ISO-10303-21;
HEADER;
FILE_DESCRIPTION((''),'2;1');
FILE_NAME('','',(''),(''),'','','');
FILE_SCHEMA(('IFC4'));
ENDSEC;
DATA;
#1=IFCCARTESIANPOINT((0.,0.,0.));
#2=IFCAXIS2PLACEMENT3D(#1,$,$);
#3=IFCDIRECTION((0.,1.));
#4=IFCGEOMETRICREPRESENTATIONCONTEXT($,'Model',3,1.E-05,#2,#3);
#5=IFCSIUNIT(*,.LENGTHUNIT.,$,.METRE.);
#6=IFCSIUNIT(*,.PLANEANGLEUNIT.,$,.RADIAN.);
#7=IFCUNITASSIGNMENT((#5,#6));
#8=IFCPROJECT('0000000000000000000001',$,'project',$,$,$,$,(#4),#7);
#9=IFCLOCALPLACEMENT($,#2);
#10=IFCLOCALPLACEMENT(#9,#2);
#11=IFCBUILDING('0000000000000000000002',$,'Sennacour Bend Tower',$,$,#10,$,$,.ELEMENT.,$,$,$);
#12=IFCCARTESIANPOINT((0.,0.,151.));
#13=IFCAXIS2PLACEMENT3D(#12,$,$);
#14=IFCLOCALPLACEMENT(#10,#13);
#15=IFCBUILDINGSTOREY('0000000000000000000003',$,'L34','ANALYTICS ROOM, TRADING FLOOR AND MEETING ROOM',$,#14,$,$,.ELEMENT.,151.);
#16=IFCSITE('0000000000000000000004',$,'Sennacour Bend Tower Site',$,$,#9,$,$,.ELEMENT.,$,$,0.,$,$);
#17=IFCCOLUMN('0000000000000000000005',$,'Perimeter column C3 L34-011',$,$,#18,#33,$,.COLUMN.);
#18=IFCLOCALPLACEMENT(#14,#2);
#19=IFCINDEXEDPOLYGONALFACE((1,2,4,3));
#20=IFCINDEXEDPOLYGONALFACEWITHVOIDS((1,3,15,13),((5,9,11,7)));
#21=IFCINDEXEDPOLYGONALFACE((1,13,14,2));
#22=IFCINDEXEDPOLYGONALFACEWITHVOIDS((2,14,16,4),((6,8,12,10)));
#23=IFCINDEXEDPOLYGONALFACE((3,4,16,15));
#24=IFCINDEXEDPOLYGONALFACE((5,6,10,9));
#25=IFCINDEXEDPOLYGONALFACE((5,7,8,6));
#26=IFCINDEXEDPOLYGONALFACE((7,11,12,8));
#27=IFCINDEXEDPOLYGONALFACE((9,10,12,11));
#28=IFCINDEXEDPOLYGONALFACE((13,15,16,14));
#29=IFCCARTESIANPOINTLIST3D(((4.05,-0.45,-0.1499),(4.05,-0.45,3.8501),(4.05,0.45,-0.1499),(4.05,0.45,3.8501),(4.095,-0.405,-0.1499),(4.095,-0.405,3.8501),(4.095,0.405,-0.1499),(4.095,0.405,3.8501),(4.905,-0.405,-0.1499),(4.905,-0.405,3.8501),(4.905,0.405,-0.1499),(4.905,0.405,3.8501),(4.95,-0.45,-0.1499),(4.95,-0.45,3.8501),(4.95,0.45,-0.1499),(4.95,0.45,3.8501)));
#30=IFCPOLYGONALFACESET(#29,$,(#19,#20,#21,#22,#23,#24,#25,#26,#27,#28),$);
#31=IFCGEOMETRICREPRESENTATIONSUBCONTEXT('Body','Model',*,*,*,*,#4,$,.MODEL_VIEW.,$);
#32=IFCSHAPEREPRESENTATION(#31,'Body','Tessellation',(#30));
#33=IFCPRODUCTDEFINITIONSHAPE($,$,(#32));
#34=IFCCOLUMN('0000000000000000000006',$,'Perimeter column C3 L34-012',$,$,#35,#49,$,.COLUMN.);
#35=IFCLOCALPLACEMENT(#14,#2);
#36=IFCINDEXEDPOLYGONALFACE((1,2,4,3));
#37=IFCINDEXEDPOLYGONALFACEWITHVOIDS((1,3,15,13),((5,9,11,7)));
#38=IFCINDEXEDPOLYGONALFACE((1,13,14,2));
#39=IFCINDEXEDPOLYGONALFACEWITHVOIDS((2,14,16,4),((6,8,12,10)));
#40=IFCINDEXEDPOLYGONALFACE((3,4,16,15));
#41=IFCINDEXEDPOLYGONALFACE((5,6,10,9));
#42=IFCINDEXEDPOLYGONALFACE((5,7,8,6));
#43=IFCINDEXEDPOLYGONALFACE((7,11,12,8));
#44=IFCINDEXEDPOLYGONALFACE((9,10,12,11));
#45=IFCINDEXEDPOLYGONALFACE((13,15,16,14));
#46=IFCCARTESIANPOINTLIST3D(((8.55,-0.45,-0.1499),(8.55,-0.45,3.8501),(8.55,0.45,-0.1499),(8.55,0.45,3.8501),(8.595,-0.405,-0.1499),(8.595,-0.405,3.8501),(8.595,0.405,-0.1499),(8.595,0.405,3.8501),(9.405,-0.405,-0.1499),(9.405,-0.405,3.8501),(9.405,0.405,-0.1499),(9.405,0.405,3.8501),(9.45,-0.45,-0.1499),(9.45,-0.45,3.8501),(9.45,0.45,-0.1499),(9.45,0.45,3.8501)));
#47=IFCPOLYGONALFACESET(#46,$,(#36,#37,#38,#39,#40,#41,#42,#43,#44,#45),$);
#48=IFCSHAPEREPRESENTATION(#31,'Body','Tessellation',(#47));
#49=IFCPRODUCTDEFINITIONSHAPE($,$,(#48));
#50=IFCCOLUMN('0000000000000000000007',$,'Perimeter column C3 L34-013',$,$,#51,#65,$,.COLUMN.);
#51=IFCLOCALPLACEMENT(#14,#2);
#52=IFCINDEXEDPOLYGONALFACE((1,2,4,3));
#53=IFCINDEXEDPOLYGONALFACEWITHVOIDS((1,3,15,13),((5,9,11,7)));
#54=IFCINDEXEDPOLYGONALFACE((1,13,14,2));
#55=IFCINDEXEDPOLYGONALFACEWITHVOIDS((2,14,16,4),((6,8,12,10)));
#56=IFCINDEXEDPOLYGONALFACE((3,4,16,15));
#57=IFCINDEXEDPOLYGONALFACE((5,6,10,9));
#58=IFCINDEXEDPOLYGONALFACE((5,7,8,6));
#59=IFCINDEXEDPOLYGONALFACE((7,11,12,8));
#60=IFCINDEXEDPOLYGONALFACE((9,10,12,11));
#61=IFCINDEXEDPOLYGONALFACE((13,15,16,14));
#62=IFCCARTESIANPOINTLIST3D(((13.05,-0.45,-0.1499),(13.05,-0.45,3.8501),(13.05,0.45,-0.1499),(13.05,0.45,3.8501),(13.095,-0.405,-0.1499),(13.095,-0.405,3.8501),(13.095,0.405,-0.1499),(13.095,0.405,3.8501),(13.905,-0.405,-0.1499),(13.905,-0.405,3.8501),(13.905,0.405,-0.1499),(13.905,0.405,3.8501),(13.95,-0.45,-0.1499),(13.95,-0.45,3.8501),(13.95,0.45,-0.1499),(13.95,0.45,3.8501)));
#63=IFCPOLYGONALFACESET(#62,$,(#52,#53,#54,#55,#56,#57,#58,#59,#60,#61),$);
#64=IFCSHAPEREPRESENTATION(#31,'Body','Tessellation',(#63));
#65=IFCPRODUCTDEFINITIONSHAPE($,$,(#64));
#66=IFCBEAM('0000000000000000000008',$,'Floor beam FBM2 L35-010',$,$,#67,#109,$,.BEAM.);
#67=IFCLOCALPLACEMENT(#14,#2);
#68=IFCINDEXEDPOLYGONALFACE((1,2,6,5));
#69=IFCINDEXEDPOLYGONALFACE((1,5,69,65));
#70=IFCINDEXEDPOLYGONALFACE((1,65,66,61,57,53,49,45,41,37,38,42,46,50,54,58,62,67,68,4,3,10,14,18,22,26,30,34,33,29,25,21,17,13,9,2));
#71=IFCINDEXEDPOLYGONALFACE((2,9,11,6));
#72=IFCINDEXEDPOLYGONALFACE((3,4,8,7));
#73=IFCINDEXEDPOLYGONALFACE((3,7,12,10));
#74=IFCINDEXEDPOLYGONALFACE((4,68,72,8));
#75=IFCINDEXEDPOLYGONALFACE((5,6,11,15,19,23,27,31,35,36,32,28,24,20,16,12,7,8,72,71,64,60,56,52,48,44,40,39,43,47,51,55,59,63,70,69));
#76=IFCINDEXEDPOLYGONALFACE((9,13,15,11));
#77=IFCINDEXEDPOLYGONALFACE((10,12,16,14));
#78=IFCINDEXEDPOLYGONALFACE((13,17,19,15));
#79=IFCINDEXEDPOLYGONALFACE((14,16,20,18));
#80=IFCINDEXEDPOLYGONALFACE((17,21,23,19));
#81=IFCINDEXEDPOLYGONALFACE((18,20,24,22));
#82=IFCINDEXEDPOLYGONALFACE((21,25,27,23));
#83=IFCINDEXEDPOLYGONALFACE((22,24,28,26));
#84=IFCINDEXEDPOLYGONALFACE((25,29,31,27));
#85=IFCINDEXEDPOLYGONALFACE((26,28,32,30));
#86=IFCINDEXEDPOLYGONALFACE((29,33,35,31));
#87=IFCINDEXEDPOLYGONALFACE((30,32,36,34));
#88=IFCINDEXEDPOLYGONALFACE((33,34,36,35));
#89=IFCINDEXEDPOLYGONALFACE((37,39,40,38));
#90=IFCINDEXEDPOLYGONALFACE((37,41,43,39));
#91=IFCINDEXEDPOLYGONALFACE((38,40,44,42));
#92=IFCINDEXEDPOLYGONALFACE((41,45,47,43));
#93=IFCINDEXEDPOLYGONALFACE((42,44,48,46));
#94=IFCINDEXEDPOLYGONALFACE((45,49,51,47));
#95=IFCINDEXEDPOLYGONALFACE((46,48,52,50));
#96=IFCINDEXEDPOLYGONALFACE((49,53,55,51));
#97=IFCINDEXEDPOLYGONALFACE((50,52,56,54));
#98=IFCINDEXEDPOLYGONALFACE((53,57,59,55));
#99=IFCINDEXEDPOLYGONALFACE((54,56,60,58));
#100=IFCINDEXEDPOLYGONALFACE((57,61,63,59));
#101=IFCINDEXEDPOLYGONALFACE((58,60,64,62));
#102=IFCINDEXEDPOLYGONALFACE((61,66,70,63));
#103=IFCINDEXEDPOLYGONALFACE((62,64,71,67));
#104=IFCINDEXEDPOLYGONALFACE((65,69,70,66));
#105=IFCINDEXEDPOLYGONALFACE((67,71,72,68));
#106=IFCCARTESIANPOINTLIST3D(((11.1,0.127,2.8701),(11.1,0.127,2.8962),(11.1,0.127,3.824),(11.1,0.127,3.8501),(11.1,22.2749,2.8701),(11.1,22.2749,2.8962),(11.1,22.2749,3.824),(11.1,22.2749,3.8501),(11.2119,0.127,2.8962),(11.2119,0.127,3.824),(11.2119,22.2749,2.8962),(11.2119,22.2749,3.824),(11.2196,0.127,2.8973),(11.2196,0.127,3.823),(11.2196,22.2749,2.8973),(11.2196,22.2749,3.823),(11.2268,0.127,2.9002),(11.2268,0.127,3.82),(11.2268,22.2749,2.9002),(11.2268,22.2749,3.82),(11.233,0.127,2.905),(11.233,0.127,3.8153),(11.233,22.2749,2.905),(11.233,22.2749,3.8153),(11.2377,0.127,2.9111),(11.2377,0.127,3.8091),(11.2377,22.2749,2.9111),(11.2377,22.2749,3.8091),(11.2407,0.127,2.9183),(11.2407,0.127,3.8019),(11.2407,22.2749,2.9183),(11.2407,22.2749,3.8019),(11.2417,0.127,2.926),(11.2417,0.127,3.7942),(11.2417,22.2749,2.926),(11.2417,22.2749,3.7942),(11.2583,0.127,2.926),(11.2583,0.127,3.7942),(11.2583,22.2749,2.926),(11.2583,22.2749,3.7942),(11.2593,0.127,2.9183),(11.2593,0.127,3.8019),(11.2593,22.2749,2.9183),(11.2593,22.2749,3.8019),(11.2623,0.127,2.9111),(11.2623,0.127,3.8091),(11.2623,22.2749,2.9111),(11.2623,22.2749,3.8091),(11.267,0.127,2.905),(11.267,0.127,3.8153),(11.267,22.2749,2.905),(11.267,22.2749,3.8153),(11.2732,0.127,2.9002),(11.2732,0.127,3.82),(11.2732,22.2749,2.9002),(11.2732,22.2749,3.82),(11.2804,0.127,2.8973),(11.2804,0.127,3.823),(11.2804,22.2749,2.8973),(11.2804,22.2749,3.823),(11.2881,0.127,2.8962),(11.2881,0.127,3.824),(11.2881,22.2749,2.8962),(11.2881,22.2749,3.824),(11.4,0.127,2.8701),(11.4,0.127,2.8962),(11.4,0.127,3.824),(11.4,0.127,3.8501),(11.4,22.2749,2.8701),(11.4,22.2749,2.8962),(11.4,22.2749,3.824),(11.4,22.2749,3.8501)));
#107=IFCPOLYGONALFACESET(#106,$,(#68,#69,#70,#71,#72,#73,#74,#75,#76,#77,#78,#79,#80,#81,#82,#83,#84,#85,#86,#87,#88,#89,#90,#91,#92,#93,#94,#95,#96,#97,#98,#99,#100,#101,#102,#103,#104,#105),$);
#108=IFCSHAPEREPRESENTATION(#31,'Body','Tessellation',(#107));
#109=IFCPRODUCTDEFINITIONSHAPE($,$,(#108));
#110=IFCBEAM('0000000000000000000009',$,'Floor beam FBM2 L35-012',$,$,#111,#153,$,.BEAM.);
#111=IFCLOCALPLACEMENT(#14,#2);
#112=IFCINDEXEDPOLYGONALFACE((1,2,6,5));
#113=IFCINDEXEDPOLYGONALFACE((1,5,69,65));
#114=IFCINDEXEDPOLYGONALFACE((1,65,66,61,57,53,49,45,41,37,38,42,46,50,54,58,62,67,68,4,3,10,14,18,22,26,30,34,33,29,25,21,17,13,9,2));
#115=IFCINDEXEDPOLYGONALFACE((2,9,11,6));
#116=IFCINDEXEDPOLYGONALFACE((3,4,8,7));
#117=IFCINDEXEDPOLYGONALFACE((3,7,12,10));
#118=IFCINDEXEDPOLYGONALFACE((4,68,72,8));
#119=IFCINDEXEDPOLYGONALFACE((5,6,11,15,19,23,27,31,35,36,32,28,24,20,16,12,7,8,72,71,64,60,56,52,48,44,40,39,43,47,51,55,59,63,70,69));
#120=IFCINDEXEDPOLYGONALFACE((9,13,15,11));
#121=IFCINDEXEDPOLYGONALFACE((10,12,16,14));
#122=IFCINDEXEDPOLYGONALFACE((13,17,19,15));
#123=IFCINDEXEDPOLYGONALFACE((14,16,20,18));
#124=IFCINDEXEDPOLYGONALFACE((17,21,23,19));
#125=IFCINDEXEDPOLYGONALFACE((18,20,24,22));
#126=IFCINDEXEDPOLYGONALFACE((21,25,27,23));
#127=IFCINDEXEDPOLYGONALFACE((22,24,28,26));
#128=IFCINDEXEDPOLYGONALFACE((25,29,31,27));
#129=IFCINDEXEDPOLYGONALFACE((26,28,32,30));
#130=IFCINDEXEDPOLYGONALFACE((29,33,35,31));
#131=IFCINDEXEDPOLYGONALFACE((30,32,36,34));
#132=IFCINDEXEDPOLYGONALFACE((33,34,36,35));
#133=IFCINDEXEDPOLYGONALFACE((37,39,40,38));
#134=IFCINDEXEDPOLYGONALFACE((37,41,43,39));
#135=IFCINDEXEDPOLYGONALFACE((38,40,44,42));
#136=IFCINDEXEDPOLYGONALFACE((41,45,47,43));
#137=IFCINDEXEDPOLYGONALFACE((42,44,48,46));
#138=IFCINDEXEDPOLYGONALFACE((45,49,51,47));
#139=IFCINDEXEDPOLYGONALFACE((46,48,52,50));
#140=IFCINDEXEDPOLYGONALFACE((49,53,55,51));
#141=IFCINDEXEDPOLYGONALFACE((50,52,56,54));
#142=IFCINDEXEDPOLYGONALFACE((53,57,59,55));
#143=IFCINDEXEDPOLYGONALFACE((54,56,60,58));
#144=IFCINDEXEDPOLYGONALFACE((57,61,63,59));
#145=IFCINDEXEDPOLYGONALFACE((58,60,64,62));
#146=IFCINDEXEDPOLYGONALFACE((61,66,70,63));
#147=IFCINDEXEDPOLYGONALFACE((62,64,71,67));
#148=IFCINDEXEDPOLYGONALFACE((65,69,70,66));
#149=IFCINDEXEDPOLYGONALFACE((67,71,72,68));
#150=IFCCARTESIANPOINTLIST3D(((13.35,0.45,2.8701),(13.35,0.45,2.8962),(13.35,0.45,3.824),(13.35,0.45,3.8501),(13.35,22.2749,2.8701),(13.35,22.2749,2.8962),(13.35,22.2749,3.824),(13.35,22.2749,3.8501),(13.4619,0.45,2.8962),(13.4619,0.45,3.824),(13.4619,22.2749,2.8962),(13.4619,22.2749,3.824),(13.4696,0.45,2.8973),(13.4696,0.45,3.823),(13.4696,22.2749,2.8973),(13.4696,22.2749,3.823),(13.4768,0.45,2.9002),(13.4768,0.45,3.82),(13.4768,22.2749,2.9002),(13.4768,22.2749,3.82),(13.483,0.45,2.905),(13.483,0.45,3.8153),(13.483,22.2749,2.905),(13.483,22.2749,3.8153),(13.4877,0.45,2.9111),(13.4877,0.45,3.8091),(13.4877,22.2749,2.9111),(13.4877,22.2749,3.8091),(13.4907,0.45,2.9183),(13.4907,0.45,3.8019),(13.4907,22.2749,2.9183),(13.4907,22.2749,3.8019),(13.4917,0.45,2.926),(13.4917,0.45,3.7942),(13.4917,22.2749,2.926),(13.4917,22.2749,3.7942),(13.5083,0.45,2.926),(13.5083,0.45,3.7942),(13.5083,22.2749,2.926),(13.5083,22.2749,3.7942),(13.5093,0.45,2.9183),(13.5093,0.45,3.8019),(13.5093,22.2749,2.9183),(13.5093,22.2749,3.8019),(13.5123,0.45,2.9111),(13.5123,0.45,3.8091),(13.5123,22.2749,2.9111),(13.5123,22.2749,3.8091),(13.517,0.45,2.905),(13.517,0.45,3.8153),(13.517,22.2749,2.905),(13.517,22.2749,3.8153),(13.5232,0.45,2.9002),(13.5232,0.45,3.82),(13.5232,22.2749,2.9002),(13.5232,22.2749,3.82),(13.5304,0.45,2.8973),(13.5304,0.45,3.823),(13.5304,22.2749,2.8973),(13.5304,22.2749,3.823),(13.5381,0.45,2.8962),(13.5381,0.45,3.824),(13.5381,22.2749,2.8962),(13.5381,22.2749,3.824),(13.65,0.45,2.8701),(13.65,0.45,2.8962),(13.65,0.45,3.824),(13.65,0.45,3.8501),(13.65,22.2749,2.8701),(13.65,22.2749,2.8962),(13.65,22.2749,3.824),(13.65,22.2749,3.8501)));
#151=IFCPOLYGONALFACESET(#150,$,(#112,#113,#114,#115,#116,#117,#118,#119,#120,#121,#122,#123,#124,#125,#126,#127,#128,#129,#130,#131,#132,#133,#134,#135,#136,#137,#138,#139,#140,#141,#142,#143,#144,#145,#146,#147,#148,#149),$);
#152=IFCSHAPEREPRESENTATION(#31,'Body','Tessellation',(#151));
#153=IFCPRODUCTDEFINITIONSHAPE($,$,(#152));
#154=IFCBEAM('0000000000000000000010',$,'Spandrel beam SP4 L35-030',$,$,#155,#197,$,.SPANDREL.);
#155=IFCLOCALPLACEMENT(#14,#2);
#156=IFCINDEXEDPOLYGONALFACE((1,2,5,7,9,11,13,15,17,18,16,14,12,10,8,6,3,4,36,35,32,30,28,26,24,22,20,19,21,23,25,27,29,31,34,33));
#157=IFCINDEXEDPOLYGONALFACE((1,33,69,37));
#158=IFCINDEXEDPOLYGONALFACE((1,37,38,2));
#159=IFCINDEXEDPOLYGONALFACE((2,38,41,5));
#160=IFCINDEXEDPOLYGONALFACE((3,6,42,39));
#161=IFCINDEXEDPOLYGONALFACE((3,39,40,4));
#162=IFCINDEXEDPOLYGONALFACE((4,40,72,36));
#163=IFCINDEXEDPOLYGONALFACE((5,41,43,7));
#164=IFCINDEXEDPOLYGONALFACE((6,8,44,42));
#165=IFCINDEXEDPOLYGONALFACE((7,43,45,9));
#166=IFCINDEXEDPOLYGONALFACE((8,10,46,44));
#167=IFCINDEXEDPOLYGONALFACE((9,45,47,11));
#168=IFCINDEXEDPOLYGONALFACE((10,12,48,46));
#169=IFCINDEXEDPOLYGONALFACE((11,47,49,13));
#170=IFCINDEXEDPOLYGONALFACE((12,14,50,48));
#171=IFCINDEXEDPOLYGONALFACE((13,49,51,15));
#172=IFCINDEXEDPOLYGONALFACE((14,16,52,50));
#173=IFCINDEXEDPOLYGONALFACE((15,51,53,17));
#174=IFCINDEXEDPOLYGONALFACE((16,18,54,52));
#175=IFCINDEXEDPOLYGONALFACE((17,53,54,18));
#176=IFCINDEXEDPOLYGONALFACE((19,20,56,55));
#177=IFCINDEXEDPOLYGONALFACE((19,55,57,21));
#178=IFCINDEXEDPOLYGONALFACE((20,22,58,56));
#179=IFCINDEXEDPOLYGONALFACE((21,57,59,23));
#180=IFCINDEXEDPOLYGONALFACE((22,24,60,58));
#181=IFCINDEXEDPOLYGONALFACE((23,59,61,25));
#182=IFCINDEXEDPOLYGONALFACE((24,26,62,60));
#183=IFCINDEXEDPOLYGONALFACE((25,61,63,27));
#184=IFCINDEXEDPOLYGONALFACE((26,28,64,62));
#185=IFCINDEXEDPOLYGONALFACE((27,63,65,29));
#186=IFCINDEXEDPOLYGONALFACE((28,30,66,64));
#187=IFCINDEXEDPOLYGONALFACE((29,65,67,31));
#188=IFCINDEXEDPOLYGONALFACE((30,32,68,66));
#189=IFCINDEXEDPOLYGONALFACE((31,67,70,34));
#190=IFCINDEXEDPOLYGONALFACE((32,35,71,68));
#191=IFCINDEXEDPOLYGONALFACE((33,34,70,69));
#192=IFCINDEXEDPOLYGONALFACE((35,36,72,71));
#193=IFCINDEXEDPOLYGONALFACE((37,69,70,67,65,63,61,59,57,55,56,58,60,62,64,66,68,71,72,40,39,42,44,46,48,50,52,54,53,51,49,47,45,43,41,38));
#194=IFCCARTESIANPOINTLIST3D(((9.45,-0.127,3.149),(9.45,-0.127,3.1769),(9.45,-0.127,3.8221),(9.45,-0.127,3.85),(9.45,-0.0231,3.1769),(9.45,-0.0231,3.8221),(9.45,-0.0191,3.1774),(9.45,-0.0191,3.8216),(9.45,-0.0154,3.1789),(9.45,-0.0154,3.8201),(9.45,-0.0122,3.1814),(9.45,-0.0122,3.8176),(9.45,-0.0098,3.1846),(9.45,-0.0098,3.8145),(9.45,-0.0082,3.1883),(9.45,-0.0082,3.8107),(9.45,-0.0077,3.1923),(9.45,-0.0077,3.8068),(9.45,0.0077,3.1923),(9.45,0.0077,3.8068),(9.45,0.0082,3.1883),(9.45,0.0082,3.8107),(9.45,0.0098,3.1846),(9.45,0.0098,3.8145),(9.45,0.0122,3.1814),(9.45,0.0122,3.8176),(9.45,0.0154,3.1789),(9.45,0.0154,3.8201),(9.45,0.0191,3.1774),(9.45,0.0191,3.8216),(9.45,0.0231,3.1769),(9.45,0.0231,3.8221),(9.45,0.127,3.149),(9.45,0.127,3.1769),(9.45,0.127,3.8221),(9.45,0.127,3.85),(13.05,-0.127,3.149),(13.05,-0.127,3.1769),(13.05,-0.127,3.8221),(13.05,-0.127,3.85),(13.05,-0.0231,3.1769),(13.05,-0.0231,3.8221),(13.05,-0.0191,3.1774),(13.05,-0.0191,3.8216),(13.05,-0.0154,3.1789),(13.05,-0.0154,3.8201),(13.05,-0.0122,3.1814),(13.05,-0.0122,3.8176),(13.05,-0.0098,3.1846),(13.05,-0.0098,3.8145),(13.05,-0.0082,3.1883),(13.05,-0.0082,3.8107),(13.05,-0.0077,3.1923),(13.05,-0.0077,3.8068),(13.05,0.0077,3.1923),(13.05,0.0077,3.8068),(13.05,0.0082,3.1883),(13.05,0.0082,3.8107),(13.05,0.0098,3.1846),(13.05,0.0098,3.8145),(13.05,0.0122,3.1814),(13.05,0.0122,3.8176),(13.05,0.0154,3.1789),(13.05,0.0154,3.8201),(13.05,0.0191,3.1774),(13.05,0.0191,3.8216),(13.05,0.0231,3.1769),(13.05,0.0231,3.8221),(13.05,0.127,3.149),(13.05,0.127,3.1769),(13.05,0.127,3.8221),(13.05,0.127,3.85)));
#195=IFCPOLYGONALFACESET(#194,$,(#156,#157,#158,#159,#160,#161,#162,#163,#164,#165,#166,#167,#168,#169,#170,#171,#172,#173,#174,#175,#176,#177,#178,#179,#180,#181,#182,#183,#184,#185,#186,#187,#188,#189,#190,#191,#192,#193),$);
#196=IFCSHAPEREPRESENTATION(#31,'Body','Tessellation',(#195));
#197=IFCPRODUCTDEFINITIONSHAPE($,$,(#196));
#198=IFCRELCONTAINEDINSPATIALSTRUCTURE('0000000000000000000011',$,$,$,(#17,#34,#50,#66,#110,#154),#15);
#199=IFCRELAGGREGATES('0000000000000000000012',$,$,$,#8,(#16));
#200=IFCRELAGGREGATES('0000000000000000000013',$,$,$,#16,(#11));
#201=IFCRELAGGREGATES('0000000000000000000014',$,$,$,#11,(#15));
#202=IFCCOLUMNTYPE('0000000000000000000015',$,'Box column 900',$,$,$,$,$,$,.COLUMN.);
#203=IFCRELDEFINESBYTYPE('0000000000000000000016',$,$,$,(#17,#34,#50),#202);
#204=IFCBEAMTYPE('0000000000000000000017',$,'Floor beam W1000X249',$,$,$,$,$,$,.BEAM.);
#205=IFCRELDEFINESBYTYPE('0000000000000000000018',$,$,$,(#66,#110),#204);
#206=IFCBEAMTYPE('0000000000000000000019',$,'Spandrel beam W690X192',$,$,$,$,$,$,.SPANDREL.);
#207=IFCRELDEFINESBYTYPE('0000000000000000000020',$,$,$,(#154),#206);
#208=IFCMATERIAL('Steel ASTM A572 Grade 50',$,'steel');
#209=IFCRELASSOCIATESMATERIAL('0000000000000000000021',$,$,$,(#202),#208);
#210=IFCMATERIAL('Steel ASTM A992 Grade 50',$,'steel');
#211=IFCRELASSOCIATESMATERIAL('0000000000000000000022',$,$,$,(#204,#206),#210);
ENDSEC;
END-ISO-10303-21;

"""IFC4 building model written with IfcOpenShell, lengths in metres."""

from ifc_helpers import new_model, si_unit, direction, frame, origin, origin_2d, place, context, subcontext, project, spatial, hollow_rectangle, i_section, extrude, material, material_profile, profile_set, type_object, element, save


model = new_model("IFC4")

# Units and contexts
model_context = context("Model", 3, precision=1e-05, world=origin(), true_north=direction((0.0, 1.0)))
body_context = subcontext(model_context, "Body", "Model", "MODEL_VIEW")
ifc_project = project(units=[si_unit("LENGTHUNIT", "METRE"), si_unit("PLANEANGLEUNIT", "RADIAN")], contexts=[model_context])

# Site, building, storey
site_placement = place(None, origin())
site = spatial("IfcSite", under=ifc_project, at=site_placement, Name="Sennacour Bend Tower Site", CompositionType="ELEMENT", RefElevation=0.0)
building_placement = place(site_placement, origin())
building = spatial("IfcBuilding", under=site, at=building_placement, Name="Sennacour Bend Tower", CompositionType="ELEMENT")
storey_placement = place(building_placement, frame((0.0, 0.0, 151.0)))
storey = spatial("IfcBuildingStorey", under=building, at=storey_placement, Name="L34", Description="ANALYTICS ROOM, TRADING FLOOR AND MEETING ROOM", CompositionType="ELEMENT", Elevation=151.0)

# Columns
ifc_material_1 = material(Name="Steel ASTM A572 Grade 50", Category="steel")
ifc_material_profile_1 = material_profile(ifc_material_1, hollow_rectangle(XDim=0.8999, YDim=0.8999, WallThickness=0.0449, at=origin_2d()), Name="Steel ASTM A572 Grade 50", Category="steel")
ifc_profile_set_1 = profile_set([ifc_material_profile_1], Name="Steel ASTM A572 Grade 50")
column_type = type_object("IfcColumnType", Name="Box column 900", PredefinedType="COLUMN", material=ifc_profile_set_1)
for number, where, z_axis, x_axis, name in (
    (1, (4.5, 0.0, -0.1499), (0.0, 0.0, 1.0), (1.0, 0.0, 0.0), "Perimeter column C3 L34-011"),
    (2, (9.0, 0.0, -0.1499), (0.0, 0.0, 1.0), (1.0, 0.0, 0.0), "Perimeter column C3 L34-012"),
    (3, (13.5, 0.0, -0.1499), (0.0, 0.0, 1.0), (1.0, 0.0, 0.0), "Perimeter column C3 L34-013"),
):
    element("IfcColumn", number, at=place(storey_placement, frame(where, z_axis=z_axis, x_axis=x_axis)), inside=storey, type_object=column_type, Name=name, PredefinedType="COLUMN", context=body_context, shape_type="SweptSolid", body=[
        extrude(hollow_rectangle(XDim=0.8999, YDim=0.8999, WallThickness=0.0449, at=origin_2d()), origin(), (0.0, 0.0, 1.0), 4.0),
    ])

# Beams
ifc_material_2 = material(Name="Steel ASTM A992 Grade 50", Category="steel")
ifc_material_profile_2 = material_profile(ifc_material_2, i_section(OverallWidth=0.3, OverallDepth=0.98, WebThickness=0.0166, FlangeThickness=0.0261, FilletRadius=0.0298, at=origin_2d()), Name="Steel ASTM A992 Grade 50", Category="steel")
ifc_profile_set_2 = profile_set([ifc_material_profile_2], Name="Steel ASTM A992 Grade 50")
beam_type_1 = type_object("IfcBeamType", Name="Floor beam W1000X249", PredefinedType="BEAM", material=ifc_profile_set_2)
beam_1_placement = place(storey_placement, frame((11.25, 0.127, 3.3601), z_axis=(0.0, 1.0, 0.0), x_axis=(-1.0, 0.0, 0.0)))
element("IfcBeam", 4, at=beam_1_placement, inside=storey, type_object=beam_type_1, Name="Floor beam FBM2 L35-010", PredefinedType="BEAM", context=body_context, shape_type="SweptSolid", body=[
    extrude(i_section(OverallWidth=0.3, OverallDepth=0.98, WebThickness=0.0166, FlangeThickness=0.0261, FilletRadius=0.0298, at=origin_2d()), origin(), (0.0, 0.0, 1.0), 22.1479),
])
beam_2_placement = place(storey_placement, frame((13.5, 0.45, 3.3601), z_axis=(0.0, 1.0, 0.0), x_axis=(-1.0, 0.0, 0.0)))
element("IfcBeam", 5, at=beam_2_placement, inside=storey, type_object=beam_type_1, Name="Floor beam FBM2 L35-012", PredefinedType="BEAM", context=body_context, shape_type="SweptSolid", body=[
    extrude(i_section(OverallWidth=0.3, OverallDepth=0.98, WebThickness=0.0166, FlangeThickness=0.0261, FilletRadius=0.0298, at=origin_2d()), origin(), (0.0, 0.0, 1.0), 21.825),
])
ifc_material_profile_3 = material_profile(ifc_material_2, i_section(OverallWidth=0.2539, OverallDepth=0.7009, WebThickness=0.0154, FlangeThickness=0.0278, FilletRadius=0.0154, at=origin_2d()), Name="Steel ASTM A992 Grade 50", Category="steel")
ifc_profile_set_3 = profile_set([ifc_material_profile_3], Name="Steel ASTM A992 Grade 50")
beam_type_2 = type_object("IfcBeamType", Name="Spandrel beam W690X192", PredefinedType="SPANDREL", material=ifc_profile_set_3)
for number, where, z_axis, x_axis, name in (
    (6, (13.05, 0.0, 3.4995), (-1.0, 0.0, 0.0), (0.0, -1.0, 0.0), "Spandrel beam SP4 L35-030"),
):
    element("IfcBeam", number, at=place(storey_placement, frame(where, z_axis=z_axis, x_axis=x_axis)), inside=storey, type_object=beam_type_2, Name=name, PredefinedType="SPANDREL", context=body_context, shape_type="SweptSolid", body=[
        extrude(i_section(OverallWidth=0.2539, OverallDepth=0.7009, WebThickness=0.0154, FlangeThickness=0.0278, FilletRadius=0.0154, at=origin_2d()), origin(), (0.0, 0.0, 1.0), 3.6001),
    ])

save(model, "model.ifc")
